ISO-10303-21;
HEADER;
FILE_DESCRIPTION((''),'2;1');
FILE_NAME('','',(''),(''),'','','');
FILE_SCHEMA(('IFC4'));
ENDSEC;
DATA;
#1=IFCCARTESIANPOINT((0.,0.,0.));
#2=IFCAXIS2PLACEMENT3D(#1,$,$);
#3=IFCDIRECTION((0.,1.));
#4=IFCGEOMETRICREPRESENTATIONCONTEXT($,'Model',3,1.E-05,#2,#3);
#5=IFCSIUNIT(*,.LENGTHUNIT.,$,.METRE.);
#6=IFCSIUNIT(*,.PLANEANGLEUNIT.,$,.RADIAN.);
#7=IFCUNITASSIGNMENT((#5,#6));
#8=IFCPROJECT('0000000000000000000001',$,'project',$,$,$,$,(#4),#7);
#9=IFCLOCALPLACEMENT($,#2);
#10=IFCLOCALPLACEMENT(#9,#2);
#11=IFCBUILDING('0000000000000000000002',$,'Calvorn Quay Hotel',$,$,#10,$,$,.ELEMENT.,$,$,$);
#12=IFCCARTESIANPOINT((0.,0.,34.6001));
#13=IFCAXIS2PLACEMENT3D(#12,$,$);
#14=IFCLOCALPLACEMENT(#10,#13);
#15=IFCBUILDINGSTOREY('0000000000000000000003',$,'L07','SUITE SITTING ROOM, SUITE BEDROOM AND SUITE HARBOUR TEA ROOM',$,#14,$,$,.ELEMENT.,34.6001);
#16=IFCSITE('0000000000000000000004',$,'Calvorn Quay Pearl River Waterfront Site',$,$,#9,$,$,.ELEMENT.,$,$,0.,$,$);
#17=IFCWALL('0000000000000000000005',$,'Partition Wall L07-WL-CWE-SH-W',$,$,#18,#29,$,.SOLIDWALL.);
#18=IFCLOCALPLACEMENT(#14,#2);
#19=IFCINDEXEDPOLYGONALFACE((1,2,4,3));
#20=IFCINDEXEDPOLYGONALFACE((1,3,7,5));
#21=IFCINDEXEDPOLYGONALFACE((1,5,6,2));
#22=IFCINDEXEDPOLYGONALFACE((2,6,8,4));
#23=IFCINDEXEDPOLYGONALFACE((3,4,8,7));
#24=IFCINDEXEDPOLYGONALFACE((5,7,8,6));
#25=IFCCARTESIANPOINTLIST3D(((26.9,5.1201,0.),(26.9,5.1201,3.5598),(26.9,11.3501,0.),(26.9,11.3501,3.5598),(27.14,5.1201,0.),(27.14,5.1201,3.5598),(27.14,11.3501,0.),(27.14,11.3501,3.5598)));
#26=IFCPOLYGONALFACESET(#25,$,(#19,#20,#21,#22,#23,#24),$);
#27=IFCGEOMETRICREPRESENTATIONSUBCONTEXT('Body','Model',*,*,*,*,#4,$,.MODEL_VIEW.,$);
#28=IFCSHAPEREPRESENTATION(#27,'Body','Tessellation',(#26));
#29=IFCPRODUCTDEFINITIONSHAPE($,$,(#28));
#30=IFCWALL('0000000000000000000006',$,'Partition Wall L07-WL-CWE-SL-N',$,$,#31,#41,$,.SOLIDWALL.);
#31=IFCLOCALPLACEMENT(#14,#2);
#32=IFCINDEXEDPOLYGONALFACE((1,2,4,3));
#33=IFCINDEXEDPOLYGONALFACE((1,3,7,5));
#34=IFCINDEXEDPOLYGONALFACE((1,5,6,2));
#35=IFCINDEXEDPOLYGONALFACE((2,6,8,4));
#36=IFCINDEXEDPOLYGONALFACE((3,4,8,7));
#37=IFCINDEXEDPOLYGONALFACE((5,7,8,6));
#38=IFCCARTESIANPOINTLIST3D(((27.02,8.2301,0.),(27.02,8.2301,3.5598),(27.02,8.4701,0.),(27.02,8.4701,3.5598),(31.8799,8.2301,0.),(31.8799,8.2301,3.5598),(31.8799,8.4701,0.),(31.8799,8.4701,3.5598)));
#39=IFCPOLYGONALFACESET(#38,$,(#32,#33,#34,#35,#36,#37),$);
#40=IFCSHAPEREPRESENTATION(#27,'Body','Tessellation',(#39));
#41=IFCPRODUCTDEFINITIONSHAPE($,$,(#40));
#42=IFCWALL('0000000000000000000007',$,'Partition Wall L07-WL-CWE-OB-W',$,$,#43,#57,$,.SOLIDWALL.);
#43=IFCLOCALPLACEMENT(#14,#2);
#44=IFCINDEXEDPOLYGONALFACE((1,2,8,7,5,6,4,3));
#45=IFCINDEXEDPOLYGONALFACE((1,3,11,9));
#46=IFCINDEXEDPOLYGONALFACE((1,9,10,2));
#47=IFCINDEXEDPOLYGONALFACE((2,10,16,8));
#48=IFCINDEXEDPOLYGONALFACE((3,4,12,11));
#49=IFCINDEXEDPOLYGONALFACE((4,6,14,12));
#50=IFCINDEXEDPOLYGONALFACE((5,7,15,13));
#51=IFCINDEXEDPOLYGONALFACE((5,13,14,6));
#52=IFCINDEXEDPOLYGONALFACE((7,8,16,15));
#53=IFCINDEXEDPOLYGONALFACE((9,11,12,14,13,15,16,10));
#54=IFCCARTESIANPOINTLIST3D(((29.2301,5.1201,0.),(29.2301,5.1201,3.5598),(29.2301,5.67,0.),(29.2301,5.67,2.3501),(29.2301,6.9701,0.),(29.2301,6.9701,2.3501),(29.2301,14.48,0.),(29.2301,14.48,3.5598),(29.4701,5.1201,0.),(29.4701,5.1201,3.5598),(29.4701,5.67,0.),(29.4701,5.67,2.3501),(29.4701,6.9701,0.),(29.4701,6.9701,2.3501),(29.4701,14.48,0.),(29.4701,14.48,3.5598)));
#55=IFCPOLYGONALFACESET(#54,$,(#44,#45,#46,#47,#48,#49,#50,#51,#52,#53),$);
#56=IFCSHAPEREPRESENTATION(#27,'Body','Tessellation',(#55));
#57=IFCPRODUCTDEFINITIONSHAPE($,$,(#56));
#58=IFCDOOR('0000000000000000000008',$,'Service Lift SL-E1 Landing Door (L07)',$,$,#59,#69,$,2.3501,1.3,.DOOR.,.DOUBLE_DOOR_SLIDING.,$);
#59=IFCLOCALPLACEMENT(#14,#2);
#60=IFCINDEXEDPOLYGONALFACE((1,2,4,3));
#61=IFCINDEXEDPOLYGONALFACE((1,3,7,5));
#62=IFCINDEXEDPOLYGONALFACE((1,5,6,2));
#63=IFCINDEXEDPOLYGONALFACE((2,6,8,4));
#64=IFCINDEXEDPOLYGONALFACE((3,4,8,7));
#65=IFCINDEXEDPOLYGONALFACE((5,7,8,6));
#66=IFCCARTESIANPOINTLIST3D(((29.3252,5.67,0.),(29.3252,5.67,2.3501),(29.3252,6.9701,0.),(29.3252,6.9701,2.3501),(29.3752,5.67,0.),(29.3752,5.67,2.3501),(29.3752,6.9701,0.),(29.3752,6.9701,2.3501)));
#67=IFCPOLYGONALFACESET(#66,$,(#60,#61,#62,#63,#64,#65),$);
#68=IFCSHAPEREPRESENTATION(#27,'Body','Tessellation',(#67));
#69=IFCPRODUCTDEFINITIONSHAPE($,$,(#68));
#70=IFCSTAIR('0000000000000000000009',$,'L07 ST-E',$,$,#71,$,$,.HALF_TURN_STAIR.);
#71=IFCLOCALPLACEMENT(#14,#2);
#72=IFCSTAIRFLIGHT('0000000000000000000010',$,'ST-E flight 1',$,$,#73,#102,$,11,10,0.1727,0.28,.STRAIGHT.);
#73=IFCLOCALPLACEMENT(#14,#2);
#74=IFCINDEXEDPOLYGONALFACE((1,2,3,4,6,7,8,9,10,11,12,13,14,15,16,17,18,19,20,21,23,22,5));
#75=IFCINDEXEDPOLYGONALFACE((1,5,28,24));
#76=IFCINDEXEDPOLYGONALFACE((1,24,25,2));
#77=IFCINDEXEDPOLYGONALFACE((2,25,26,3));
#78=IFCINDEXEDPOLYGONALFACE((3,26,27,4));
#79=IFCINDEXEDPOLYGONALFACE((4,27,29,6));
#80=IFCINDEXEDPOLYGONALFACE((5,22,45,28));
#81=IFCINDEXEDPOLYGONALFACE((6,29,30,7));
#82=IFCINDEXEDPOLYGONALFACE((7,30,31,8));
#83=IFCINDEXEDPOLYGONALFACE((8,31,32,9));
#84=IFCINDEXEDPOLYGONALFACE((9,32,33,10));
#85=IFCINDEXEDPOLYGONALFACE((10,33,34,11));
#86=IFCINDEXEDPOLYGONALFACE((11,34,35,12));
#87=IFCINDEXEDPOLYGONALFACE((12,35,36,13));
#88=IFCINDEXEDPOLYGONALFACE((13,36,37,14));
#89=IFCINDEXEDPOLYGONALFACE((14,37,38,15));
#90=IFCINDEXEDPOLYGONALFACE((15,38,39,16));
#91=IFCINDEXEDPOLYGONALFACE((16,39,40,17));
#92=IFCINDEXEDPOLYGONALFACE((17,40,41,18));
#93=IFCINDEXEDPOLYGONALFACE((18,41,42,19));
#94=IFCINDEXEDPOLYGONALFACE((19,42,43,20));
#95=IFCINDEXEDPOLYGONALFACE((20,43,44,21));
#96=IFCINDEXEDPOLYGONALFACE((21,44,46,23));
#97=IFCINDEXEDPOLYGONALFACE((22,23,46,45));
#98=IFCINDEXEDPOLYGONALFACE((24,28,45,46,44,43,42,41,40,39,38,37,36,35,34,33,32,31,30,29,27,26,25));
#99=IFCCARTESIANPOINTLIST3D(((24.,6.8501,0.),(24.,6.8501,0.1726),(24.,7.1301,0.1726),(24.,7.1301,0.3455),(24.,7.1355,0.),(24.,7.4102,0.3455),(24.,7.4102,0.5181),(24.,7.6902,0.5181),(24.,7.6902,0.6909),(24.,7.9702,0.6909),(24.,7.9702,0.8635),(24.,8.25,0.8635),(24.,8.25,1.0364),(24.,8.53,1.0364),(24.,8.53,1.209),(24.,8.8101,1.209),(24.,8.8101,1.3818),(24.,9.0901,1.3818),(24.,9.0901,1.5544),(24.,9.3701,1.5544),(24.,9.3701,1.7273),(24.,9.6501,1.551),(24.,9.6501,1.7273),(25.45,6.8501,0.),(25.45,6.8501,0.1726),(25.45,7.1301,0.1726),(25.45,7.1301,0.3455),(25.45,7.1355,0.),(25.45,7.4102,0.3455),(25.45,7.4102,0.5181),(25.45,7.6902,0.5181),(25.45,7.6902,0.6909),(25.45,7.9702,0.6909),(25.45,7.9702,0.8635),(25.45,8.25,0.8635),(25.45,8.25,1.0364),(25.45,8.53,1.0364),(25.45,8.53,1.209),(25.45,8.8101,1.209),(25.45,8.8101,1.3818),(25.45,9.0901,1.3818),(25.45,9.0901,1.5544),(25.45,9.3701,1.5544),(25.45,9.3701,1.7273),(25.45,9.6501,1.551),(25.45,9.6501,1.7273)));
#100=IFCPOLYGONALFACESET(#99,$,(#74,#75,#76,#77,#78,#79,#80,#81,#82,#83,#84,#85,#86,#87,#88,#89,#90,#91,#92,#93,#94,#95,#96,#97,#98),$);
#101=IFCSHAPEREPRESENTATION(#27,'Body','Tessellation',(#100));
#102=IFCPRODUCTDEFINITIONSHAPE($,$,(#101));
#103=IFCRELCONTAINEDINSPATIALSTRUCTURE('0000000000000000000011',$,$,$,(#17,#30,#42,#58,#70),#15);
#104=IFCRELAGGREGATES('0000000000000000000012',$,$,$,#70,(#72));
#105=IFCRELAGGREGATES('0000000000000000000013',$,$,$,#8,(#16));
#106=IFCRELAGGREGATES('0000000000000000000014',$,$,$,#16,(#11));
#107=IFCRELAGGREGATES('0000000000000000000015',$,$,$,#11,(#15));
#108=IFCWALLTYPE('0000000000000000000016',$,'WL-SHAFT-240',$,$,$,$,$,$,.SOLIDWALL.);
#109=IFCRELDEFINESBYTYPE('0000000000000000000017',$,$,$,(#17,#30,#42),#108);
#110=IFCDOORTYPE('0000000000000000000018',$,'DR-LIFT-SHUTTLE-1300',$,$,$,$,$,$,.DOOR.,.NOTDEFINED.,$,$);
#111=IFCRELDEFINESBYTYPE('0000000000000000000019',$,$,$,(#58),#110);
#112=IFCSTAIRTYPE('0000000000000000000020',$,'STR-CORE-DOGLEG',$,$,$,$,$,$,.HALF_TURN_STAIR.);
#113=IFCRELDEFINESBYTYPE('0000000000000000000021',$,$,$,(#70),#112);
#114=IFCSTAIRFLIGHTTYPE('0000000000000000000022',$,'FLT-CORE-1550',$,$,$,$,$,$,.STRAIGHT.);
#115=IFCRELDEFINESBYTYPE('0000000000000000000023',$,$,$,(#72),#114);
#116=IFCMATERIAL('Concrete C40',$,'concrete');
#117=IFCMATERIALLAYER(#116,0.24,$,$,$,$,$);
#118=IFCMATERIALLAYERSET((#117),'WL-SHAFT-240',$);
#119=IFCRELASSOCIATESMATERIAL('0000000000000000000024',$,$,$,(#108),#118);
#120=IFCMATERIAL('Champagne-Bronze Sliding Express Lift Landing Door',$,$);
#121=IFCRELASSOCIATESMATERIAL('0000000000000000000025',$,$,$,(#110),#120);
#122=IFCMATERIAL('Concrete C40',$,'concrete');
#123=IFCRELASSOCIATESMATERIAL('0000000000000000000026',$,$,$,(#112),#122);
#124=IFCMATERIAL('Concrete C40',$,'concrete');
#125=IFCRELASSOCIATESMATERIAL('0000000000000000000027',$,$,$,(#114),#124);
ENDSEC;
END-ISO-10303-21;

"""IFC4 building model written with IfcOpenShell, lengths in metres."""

from ifc_helpers import new_model, si_unit, direction, frame, frame_2d, origin, place, context, subcontext, project, spatial, polyline, rectangle, outline, extrude, material, layer, layer_set, type_object, element, fill, aggregate, save


model = new_model("IFC4")

# Units and contexts
model_context = context("Model", 3, precision=1e-05, world=origin(), true_north=direction((0.0, 1.0)))
body_context = subcontext(model_context, "Body", "Model", "MODEL_VIEW")
ifc_project = project(units=[si_unit("LENGTHUNIT", "METRE"), si_unit("PLANEANGLEUNIT", "RADIAN")], contexts=[model_context])

# Site, building, storey
site_placement = place(None, origin())
site = spatial("IfcSite", under=ifc_project, at=site_placement, Name="Calvorn Quay Pearl River Waterfront Site", CompositionType="ELEMENT", RefElevation=0.0)
building_placement = place(site_placement, origin())
building = spatial("IfcBuilding", under=site, at=building_placement, Name="Calvorn Quay Hotel", CompositionType="ELEMENT")
storey_placement = place(building_placement, frame((0.0, 0.0, 34.6001)))
storey = spatial("IfcBuildingStorey", under=building, at=storey_placement, Name="L07", Description="SUITE SITTING ROOM, SUITE BEDROOM AND SUITE HARBOUR TEA ROOM", CompositionType="ELEMENT", Elevation=34.6001)

# Shared definitions
ifc_material_1 = material(Name="Concrete C40", Category="concrete")
ifc_layer_1 = layer(ifc_material_1, 0.24)
ifc_layer_set_1 = layer_set([ifc_layer_1], Name="WL-SHAFT-240")
wall_type_1 = type_object("IfcWallType", Name="WL-SHAFT-240", PredefinedType="SOLIDWALL", material=ifc_layer_set_1)

# Walls
wall_1_placement = place(storey_placement, frame((27.02, 5.1201, 0.0), z_axis=(0.0, 0.0, 1.0), x_axis=(0.0, 1.0, 0.0)))
element("IfcWall", 1, at=wall_1_placement, inside=storey, type_object=wall_type_1, Name="Partition Wall L07-WL-CWE-SH-W", PredefinedType="SOLIDWALL", context=body_context, shape_type="SweptSolid", body=[
    extrude(rectangle(XDim=6.23, YDim=0.24, at=frame_2d((3.115, 0.0))), origin(), (0.0, 0.0, 1.0), 3.5598),
])
wall_2_placement = place(storey_placement, frame((27.02, 8.3501, 0.0), z_axis=(0.0, 0.0, 1.0), x_axis=(1.0, 0.0, 0.0)))
element("IfcWall", 2, at=wall_2_placement, inside=storey, type_object=wall_type_1, Name="Partition Wall L07-WL-CWE-SL-N", PredefinedType="SOLIDWALL", context=body_context, shape_type="SweptSolid", body=[
    extrude(rectangle(XDim=4.8599, YDim=0.24, at=frame_2d((2.4299, 0.0))), origin(), (0.0, 0.0, 1.0), 3.5598),
])

# Wall, opening, door
wall_3_placement = place(storey_placement, frame((29.3501, 5.1201, 0.0), z_axis=(0.0, 0.0, 1.0), x_axis=(0.0, 1.0, 0.0)))
wall_3 = element("IfcWall", 3, at=wall_3_placement, inside=storey, type_object=wall_type_1, Name="Partition Wall L07-WL-CWE-OB-W", PredefinedType="SOLIDWALL", context=body_context, shape_type="SweptSolid", body=[
    extrude(rectangle(XDim=9.3599, YDim=0.24, at=frame_2d((4.6799, 0.0))), origin(), (0.0, 0.0, 1.0), 3.5598),
])
opening_1_placement = place(wall_3_placement, frame((0.55, 0.0, 0.0)))
opening_1 = element("IfcOpeningElement", 4, at=opening_1_placement, cuts=wall_3, PredefinedType="OPENING", context=body_context, shape_type="SweptSolid", body=[
    extrude(rectangle(XDim=1.3, YDim=2.3501, at=frame_2d((0.6499, 1.175))), frame((0.0, 0.1299, 0.0), z_axis=(0.0, -1.0, 0.0), x_axis=(1.0, 0.0, 0.0)), (0.0, 0.0, 1.0), 0.26),
])
ifc_material_2 = material(Name="Champagne-Bronze Sliding Express Lift Landing Door")
door_type_1 = type_object("IfcDoorType", Name="DR-LIFT-SHUTTLE-1300", OperationType="NOTDEFINED", PredefinedType="DOOR", material=ifc_material_2)
door_1_placement = place(opening_1_placement, origin())
door_1 = element("IfcDoor", 5, at=door_1_placement, inside=storey, type_object=door_type_1, Name="Service Lift SL-E1 Landing Door (L07)", OperationType="DOUBLE_DOOR_SLIDING", OverallHeight=2.3501, OverallWidth=1.3, PredefinedType="DOOR", context=body_context, shape_type="SweptSolid", body=[
    extrude(rectangle(XDim=1.3, YDim=2.3501, at=frame_2d((0.6499, 1.175))), frame((0.0, 0.0249, 0.0), z_axis=(0.0, -1.0, 0.0), x_axis=(1.0, 0.0, 0.0)), (0.0, 0.0, 1.0), 0.05),
])
fill(opening_1, door_1)

# Stair, stair flight
ifc_material_3 = material(Name="Concrete C40", Category="concrete")
stair_type = type_object("IfcStairType", Name="STR-CORE-DOGLEG", PredefinedType="HALF_TURN_STAIR", material=ifc_material_3)
stair_placement = place(storey_placement, origin())
stair = element("IfcStair", 6, at=stair_placement, inside=storey, type_object=stair_type, Name="L07 ST-E", PredefinedType="HALF_TURN_STAIR")
ifc_material_4 = material(Name="Concrete C40", Category="concrete")
stair_flight_type = type_object("IfcStairFlightType", Name="FLT-CORE-1550", PredefinedType="STRAIGHT", material=ifc_material_4)
stair_flight_placement = place(storey_placement, frame((24.7251, 6.8501, 0.0), z_axis=(0.0, 0.0, 1.0), x_axis=(0.0, 1.0, 0.0)))
stair_flight = element("IfcStairFlight", 7, at=stair_flight_placement, type_object=stair_flight_type, Name="ST-E flight 1", NumberOfRisers=11, NumberOfTreads=10, PredefinedType="STRAIGHT", RiserHeight=0.1727, TreadLength=0.28, context=body_context, shape_type="SweptSolid", body=[
    extrude(outline(polyline([(0.0, 0.0), (0.0, 0.1726), (0.28, 0.1726), (0.28, 0.3455), (0.5601, 0.3455), (0.5601, 0.5181), (0.8401, 0.5181), (0.8401, 0.6909), (1.1201, 0.6909), (1.1201, 0.8635), (1.3999, 0.8635), (1.3999, 1.0364), (1.6799, 1.0364), (1.6799, 1.209), (1.96, 1.209), (1.96, 1.3818), (2.24, 1.3818), (2.24, 1.5544), (2.52, 1.5544), (2.52, 1.7273), (2.8, 1.7273), (2.8, 1.8999), (2.8, 1.551), (0.2854, 0.0), (0.0, 0.0)])), frame((0.0, 0.7251, 0.0), z_axis=(0.0, -1.0, 0.0), x_axis=(1.0, 0.0, 0.0)), (0.0, 0.0, 1.0), 1.45),
])
aggregate(stair, [stair_flight])

save(model, "model.ifc")
